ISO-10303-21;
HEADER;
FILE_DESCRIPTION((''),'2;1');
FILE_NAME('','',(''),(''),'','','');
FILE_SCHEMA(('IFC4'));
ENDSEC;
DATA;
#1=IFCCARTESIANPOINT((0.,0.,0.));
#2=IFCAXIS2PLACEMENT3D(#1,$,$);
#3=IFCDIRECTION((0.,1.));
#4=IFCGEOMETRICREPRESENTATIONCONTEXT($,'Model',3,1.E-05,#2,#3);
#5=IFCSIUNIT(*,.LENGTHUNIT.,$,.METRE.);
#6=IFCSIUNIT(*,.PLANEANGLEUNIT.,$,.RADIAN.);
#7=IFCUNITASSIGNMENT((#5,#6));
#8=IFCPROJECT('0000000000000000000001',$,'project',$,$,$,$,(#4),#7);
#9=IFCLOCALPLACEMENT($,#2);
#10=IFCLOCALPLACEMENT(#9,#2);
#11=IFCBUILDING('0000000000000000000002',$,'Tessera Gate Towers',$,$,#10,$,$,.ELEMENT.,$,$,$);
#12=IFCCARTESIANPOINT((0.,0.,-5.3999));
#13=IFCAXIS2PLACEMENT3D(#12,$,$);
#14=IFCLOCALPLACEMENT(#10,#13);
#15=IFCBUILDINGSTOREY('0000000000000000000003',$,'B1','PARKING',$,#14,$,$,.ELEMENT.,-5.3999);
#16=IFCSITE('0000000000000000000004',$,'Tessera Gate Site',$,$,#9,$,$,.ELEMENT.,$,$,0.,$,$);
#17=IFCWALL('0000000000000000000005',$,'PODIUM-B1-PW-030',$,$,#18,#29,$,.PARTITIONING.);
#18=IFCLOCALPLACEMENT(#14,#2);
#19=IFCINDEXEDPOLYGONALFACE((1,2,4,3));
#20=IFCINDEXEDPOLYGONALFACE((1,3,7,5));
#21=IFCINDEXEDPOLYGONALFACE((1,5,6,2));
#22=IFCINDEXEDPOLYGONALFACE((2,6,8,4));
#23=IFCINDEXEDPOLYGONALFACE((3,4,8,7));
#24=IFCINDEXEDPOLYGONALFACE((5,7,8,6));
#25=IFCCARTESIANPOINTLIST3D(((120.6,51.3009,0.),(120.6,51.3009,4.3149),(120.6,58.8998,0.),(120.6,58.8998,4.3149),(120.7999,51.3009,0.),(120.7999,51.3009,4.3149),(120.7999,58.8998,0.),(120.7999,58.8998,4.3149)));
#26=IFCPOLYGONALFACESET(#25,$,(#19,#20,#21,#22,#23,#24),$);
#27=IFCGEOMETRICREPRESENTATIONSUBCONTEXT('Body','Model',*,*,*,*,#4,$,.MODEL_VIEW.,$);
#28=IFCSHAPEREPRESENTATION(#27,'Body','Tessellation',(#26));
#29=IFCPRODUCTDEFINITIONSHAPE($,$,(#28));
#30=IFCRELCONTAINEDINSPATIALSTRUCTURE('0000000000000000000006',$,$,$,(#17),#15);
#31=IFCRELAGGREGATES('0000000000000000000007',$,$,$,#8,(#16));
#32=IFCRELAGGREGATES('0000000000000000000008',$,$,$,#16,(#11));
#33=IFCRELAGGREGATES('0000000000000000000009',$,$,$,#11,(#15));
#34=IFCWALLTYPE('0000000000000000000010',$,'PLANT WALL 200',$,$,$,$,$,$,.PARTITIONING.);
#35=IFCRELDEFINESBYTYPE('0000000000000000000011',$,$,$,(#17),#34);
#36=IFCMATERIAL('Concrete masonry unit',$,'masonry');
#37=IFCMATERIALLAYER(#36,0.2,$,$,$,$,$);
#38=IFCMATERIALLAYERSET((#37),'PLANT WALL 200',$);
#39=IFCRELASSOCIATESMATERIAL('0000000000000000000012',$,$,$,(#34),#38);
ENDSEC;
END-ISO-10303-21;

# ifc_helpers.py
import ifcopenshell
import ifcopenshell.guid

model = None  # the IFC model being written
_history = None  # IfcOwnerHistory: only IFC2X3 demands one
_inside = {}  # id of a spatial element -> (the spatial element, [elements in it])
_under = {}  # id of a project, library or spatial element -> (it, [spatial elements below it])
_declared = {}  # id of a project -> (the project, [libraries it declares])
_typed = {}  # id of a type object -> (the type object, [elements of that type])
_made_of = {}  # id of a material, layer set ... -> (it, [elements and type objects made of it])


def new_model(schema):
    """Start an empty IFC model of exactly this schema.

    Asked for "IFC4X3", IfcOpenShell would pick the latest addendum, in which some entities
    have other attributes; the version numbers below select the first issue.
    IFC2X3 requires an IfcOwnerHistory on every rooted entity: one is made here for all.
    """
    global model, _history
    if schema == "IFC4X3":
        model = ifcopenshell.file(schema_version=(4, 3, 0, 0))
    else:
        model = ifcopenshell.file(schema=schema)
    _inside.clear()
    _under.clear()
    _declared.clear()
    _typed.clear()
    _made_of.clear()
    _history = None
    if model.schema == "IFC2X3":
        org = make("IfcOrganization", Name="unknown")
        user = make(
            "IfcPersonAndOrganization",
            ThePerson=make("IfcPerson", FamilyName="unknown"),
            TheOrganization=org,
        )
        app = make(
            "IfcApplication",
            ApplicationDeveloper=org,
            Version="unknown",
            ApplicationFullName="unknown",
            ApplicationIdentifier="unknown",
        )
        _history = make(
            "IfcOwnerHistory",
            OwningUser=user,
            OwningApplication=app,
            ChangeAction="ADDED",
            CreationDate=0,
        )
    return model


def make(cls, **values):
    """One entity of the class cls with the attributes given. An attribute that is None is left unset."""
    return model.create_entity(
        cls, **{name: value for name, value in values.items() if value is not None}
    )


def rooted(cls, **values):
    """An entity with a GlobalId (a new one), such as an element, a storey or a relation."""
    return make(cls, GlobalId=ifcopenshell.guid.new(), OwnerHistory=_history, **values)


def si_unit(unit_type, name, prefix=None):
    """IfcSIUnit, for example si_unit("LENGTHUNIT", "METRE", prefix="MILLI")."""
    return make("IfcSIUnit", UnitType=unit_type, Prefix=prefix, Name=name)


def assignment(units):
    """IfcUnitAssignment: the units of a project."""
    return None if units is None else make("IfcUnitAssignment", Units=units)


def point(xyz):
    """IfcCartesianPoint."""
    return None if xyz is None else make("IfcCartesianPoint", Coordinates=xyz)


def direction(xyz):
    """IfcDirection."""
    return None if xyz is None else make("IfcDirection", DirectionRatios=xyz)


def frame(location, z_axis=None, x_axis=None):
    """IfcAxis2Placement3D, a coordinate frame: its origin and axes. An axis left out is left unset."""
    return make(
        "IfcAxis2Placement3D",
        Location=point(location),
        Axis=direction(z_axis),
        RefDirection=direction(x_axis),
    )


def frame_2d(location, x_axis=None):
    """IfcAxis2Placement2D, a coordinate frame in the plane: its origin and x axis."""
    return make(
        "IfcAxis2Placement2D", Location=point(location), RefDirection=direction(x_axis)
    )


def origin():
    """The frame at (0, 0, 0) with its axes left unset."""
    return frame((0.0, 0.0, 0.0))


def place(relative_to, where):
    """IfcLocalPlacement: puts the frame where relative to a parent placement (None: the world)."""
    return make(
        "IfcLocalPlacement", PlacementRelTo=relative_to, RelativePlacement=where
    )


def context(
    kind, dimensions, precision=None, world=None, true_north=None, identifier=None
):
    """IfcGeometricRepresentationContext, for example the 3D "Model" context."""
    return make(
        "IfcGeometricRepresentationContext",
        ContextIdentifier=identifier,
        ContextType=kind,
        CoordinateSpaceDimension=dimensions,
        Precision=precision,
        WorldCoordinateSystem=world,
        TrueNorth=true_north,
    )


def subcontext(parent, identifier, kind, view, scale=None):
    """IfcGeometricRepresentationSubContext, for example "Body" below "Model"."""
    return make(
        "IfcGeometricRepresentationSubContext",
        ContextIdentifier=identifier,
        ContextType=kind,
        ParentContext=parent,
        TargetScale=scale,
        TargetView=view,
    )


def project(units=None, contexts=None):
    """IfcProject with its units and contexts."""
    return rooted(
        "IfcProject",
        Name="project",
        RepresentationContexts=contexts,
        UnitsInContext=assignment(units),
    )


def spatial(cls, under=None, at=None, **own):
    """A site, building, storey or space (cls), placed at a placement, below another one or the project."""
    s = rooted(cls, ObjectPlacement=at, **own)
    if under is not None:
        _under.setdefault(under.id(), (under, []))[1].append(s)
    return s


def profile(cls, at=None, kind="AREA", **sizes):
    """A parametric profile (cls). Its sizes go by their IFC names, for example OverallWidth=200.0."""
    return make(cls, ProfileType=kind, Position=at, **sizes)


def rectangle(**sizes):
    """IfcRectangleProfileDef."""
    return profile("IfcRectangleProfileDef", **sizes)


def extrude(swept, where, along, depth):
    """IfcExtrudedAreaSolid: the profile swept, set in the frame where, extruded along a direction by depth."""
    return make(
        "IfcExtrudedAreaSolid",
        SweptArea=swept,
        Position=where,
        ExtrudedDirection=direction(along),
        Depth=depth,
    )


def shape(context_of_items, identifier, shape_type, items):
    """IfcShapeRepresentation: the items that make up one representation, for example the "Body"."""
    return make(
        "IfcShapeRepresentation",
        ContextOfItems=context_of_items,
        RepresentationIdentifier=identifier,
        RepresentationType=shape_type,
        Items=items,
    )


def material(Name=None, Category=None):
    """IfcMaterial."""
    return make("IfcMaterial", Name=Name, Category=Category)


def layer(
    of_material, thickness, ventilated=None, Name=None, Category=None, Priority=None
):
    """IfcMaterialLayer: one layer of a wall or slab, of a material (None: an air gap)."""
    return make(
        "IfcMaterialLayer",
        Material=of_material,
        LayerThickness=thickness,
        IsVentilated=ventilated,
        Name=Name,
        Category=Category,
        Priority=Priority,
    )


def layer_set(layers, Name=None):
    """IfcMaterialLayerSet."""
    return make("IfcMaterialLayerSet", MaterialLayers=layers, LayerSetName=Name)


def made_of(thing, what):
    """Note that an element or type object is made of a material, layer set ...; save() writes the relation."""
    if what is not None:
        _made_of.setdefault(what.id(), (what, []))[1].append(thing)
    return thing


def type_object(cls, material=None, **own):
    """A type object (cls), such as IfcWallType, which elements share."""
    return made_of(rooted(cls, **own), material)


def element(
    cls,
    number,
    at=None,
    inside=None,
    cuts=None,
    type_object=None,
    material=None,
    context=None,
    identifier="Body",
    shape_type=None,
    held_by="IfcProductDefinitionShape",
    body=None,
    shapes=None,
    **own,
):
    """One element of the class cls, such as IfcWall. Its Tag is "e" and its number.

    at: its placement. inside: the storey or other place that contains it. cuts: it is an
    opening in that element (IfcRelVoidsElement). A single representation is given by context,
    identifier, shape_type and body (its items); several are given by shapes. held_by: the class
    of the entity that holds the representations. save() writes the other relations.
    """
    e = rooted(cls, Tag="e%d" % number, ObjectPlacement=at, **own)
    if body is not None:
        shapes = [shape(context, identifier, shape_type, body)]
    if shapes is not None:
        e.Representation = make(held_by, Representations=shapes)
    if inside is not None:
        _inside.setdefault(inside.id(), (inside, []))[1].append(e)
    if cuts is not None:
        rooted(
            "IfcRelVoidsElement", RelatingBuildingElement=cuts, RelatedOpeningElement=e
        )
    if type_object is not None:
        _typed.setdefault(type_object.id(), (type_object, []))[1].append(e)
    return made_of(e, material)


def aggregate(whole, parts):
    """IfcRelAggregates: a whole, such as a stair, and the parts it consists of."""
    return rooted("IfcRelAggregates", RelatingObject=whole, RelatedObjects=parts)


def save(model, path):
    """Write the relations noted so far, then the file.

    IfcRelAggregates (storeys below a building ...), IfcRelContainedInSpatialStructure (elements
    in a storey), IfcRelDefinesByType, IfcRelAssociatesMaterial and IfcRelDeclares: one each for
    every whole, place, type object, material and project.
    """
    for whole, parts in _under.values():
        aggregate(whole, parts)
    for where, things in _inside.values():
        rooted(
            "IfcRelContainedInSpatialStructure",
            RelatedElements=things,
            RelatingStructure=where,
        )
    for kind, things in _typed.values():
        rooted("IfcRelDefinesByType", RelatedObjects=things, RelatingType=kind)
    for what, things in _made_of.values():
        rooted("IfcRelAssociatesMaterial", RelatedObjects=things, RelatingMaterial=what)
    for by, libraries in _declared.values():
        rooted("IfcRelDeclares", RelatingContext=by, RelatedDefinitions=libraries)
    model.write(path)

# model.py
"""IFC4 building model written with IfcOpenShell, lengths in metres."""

from ifc_helpers import new_model, si_unit, direction, frame, frame_2d, origin, place, context, subcontext, project, spatial, rectangle, extrude, material, layer, layer_set, type_object, element, save


model = new_model("IFC4")

# Units and contexts
model_context = context("Model", 3, precision=1e-05, world=origin(), true_north=direction((0.0, 1.0)))
body_context = subcontext(model_context, "Body", "Model", "MODEL_VIEW")
ifc_project = project(units=[si_unit("LENGTHUNIT", "METRE"), si_unit("PLANEANGLEUNIT", "RADIAN")], contexts=[model_context])

# Site, building, storey
site_placement = place(None, origin())
site = spatial("IfcSite", under=ifc_project, at=site_placement, Name="Tessera Gate Site", CompositionType="ELEMENT", RefElevation=0.0)
building_placement = place(site_placement, origin())
building = spatial("IfcBuilding", under=site, at=building_placement, Name="Tessera Gate Towers", CompositionType="ELEMENT")
storey_placement = place(building_placement, frame((0.0, 0.0, -5.3999)))
storey = spatial("IfcBuildingStorey", under=building, at=storey_placement, Name="B1", Description="PARKING", CompositionType="ELEMENT", Elevation=-5.3999)

# Wall
ifc_material_1 = material(Name="Concrete masonry unit", Category="masonry")
ifc_layer_1 = layer(ifc_material_1, 0.2)
ifc_layer_set_1 = layer_set([ifc_layer_1], Name="PLANT WALL 200")
wall_type_1 = type_object("IfcWallType", Name="PLANT WALL 200", PredefinedType="PARTITIONING", material=ifc_layer_set_1)
wall_1_placement = place(storey_placement, frame((120.7, 51.301, 0.0), z_axis=(0.0, 0.0, 1.0), x_axis=(0.0, 1.0, 0.0)))
element("IfcWall", 1, at=wall_1_placement, inside=storey, type_object=wall_type_1, Name="PODIUM-B1-PW-030", PredefinedType="PARTITIONING", context=body_context, shape_type="SweptSolid", body=[
    extrude(rectangle(XDim=7.5989, YDim=0.2, at=frame_2d((3.7993, 0.0))), origin(), (0.0, 0.0, 1.0), 4.3149),
])

save(model, "model.ifc")
